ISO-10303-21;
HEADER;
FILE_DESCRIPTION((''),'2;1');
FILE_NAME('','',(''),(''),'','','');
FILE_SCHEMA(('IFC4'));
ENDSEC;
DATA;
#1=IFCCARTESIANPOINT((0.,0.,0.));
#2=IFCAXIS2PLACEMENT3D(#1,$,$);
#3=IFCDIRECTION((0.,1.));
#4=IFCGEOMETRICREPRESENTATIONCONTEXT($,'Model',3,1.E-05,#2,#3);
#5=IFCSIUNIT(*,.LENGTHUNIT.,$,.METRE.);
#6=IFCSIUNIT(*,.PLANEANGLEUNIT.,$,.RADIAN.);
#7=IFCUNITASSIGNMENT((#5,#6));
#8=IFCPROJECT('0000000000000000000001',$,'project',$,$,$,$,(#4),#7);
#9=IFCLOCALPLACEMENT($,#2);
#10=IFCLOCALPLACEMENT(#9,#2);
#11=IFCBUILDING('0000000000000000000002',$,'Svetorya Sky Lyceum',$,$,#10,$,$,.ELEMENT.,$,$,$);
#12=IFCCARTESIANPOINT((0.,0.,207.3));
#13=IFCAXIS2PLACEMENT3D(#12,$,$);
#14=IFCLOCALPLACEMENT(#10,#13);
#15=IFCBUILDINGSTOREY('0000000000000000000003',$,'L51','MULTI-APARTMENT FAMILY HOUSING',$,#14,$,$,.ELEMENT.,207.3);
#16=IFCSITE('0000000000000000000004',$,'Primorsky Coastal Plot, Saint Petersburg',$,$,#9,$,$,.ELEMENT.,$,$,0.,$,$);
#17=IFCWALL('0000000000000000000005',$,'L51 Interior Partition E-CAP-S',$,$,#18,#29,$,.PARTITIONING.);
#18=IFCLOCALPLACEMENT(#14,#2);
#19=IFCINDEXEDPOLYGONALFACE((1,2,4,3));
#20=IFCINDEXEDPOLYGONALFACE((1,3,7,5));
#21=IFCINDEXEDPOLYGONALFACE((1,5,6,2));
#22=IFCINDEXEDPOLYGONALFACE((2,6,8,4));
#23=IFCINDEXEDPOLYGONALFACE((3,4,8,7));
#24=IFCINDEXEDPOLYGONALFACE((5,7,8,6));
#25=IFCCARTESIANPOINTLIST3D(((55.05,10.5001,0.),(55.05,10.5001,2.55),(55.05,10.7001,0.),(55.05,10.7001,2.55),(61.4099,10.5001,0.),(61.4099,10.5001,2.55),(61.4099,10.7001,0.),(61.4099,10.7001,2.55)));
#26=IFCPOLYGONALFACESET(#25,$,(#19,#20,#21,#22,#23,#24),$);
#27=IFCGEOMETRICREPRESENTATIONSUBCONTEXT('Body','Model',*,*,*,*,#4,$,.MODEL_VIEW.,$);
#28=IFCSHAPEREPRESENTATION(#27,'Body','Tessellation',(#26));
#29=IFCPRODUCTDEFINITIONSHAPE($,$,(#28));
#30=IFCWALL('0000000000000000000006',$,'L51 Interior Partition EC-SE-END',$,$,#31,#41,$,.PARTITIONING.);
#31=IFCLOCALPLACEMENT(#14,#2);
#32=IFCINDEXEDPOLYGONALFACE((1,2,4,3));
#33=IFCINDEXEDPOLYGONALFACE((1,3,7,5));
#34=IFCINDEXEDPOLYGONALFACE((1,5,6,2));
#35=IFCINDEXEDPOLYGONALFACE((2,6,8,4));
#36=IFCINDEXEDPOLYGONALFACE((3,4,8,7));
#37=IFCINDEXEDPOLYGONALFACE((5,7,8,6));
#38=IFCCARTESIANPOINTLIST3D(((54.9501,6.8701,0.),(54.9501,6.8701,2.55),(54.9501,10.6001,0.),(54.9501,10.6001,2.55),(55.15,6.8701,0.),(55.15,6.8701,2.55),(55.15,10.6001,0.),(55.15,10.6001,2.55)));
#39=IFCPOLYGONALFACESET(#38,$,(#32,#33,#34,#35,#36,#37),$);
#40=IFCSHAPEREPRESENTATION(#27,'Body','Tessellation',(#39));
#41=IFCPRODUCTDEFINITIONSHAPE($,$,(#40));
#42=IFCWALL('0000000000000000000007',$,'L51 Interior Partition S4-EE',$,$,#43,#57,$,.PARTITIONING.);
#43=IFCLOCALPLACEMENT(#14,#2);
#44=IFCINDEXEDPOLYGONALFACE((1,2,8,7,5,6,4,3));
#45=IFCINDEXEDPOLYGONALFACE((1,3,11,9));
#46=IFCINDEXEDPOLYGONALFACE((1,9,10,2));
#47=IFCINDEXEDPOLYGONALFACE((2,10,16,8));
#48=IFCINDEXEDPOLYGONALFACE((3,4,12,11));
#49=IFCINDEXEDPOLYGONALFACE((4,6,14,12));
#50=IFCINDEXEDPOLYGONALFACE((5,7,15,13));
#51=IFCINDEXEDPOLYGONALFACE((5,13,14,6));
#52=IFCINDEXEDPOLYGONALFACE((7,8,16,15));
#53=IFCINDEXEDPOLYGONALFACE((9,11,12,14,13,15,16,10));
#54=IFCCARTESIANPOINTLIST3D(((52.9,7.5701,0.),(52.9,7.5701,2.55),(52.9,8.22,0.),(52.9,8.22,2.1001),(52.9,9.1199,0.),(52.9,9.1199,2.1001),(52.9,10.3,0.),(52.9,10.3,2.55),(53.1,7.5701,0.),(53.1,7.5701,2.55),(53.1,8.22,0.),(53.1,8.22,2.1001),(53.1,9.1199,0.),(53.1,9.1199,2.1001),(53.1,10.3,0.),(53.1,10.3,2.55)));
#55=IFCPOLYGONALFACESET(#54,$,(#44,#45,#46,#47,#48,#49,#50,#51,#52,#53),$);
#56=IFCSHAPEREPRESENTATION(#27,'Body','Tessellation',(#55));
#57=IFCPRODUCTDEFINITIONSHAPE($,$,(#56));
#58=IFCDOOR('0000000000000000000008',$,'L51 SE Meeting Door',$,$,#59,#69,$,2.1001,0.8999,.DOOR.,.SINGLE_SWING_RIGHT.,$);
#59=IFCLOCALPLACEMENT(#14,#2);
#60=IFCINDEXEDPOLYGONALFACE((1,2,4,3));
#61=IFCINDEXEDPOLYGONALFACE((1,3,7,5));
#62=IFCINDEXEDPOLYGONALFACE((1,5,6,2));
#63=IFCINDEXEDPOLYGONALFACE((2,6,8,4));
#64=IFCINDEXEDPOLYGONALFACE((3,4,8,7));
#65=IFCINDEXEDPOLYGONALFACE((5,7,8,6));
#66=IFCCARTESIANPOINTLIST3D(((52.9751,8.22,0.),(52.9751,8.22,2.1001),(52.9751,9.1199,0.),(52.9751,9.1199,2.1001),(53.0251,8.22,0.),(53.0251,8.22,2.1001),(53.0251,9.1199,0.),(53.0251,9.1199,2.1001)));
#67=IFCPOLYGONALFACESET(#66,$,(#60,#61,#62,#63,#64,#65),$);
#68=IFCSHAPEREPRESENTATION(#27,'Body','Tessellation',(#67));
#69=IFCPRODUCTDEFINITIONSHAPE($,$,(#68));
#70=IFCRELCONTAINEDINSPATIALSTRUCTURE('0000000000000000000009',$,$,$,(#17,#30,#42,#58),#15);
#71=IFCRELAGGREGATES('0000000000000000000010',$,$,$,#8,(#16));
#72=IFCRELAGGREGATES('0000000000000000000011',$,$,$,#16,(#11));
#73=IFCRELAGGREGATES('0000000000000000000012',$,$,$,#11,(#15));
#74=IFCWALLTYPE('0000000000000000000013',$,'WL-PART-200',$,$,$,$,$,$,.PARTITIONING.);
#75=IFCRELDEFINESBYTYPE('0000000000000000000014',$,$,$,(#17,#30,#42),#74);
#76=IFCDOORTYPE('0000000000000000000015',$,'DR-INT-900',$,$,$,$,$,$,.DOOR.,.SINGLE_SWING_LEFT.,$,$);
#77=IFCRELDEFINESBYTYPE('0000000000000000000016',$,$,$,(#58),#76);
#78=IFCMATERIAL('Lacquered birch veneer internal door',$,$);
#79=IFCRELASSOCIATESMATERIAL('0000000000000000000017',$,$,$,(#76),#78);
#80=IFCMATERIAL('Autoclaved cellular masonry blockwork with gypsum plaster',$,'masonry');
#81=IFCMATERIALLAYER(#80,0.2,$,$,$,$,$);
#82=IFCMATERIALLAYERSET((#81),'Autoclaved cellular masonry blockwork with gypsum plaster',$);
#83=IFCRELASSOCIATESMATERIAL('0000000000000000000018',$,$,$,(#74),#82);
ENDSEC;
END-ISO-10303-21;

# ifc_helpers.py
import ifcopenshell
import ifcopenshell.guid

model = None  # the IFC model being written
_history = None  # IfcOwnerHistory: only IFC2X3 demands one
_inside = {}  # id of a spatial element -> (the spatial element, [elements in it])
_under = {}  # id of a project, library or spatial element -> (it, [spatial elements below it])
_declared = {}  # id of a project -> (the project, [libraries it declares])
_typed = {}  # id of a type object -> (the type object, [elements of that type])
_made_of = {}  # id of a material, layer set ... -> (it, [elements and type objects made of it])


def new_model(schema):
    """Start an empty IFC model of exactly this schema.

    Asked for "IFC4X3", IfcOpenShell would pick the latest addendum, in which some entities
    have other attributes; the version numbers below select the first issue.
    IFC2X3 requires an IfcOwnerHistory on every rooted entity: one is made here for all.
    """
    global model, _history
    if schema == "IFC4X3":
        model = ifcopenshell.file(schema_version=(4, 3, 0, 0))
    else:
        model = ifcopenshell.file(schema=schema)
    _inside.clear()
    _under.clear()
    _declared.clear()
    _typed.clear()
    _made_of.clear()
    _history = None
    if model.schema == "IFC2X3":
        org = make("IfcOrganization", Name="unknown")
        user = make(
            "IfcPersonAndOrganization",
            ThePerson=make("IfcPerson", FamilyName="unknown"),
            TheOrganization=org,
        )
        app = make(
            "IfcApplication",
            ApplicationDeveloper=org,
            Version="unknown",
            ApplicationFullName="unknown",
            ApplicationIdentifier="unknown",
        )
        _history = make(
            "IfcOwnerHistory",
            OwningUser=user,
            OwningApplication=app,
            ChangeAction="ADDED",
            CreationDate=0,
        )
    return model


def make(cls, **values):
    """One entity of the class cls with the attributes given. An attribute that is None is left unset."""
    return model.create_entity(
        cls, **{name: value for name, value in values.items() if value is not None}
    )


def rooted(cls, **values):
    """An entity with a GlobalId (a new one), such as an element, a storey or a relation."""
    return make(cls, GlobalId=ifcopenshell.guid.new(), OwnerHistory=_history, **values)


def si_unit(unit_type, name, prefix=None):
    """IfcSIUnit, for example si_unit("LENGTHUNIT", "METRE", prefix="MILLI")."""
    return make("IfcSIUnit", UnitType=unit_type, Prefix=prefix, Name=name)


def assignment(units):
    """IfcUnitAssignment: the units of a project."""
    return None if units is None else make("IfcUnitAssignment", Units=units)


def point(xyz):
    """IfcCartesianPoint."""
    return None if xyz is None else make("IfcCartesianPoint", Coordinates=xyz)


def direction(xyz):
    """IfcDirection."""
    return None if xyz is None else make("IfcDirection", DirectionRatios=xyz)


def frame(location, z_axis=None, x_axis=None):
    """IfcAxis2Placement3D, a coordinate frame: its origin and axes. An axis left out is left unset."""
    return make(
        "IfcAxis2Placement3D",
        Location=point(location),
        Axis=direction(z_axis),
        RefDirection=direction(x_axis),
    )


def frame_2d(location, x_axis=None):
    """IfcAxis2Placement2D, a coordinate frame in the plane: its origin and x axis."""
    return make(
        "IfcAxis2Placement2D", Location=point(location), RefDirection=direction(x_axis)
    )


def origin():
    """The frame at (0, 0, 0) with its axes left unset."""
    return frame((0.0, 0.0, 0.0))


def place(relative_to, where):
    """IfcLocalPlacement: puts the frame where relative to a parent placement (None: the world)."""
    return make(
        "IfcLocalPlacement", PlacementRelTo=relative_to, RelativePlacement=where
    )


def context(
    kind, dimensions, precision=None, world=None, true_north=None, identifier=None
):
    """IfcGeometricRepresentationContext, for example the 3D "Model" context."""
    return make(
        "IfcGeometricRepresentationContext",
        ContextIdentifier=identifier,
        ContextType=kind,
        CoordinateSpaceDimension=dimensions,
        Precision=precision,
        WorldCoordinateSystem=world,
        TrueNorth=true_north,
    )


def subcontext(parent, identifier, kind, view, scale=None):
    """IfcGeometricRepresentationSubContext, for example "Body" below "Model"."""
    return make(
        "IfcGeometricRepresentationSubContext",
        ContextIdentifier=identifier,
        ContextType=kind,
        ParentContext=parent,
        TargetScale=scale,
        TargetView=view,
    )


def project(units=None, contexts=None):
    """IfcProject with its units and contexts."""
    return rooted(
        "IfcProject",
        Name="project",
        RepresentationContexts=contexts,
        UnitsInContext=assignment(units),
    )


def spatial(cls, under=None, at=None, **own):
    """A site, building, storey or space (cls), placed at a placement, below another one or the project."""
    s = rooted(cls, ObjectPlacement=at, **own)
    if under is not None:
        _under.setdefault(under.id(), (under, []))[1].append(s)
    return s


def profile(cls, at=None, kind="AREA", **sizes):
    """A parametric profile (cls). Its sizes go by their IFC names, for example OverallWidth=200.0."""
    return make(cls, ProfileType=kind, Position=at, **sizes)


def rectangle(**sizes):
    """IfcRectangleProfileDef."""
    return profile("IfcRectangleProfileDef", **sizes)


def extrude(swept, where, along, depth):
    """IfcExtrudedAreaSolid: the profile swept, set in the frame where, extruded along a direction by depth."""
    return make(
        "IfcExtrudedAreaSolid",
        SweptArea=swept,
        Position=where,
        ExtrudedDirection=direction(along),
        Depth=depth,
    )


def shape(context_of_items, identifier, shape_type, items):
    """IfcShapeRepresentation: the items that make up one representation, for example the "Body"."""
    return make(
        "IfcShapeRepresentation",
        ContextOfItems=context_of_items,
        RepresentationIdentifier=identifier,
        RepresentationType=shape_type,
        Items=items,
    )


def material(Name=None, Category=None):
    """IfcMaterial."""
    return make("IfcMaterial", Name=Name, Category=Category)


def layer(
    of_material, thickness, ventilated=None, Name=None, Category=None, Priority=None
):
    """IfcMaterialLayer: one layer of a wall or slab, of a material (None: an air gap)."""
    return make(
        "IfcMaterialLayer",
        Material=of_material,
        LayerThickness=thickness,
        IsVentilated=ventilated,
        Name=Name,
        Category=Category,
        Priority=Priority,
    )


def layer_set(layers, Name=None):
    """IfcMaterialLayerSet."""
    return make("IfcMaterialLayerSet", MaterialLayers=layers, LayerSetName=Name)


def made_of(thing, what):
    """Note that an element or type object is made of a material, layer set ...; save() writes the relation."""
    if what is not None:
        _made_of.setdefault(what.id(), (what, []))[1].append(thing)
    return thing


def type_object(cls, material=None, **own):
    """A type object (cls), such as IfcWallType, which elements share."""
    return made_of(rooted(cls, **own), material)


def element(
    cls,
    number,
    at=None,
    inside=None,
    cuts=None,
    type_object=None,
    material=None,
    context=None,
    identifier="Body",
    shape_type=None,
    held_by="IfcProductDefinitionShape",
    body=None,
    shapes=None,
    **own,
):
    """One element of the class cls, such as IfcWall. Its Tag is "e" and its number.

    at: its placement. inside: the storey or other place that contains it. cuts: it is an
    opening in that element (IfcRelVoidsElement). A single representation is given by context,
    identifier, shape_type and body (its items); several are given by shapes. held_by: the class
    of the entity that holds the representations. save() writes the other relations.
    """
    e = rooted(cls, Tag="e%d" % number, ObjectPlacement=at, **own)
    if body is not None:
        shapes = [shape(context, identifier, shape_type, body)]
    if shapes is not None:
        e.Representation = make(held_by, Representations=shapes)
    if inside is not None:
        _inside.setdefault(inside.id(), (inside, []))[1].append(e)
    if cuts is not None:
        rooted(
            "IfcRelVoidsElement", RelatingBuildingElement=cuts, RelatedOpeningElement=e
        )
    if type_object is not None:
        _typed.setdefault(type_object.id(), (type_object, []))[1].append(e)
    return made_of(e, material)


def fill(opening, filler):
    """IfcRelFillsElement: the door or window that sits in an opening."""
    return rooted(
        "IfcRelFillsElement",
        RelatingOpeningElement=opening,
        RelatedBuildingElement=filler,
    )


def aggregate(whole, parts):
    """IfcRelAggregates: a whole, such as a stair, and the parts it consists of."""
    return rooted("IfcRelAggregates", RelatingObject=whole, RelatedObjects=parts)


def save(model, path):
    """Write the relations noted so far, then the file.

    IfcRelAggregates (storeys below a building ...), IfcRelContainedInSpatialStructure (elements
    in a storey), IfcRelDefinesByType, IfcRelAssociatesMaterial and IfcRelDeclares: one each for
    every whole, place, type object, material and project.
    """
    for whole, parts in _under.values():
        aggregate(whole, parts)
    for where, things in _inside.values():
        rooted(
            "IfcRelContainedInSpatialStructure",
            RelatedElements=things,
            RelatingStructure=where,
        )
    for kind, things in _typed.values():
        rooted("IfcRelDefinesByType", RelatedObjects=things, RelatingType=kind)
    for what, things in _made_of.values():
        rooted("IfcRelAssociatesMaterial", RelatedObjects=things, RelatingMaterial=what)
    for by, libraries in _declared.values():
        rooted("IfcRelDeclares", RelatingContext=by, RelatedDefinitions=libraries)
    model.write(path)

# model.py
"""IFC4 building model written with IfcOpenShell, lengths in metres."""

from ifc_helpers import new_model, si_unit, direction, frame, frame_2d, origin, place, context, subcontext, project, spatial, rectangle, extrude, material, layer, layer_set, type_object, element, fill, save


model = new_model("IFC4")

# Units and contexts
model_context = context("Model", 3, precision=1e-05, world=origin(), true_north=direction((0.0, 1.0)))
body_context = subcontext(model_context, "Body", "Model", "MODEL_VIEW")
ifc_project = project(units=[si_unit("LENGTHUNIT", "METRE"), si_unit("PLANEANGLEUNIT", "RADIAN")], contexts=[model_context])

# Site, building, storey
site_placement = place(None, origin())
site = spatial("IfcSite", under=ifc_project, at=site_placement, Name="Primorsky Coastal Plot, Saint Petersburg", CompositionType="ELEMENT", RefElevation=0.0)
building_placement = place(site_placement, origin())
building = spatial("IfcBuilding", under=site, at=building_placement, Name="Svetorya Sky Lyceum", CompositionType="ELEMENT")
storey_placement = place(building_placement, frame((0.0, 0.0, 207.3)))
storey = spatial("IfcBuildingStorey", under=building, at=storey_placement, Name="L51", Description="MULTI-APARTMENT FAMILY HOUSING", CompositionType="ELEMENT", Elevation=207.3)

# Shared definitions
ifc_material_1 = material(Name="Lacquered birch veneer internal door")
door_type_1 = type_object("IfcDoorType", Name="DR-INT-900", OperationType="SINGLE_SWING_LEFT", PredefinedType="DOOR", material=ifc_material_1)

# Shared definitions
ifc_material_2 = material(Name="Autoclaved cellular masonry blockwork with gypsum plaster", Category="masonry")
ifc_layer_1 = layer(ifc_material_2, 0.2)
ifc_layer_set_1 = layer_set([ifc_layer_1], Name="Autoclaved cellular masonry blockwork with gypsum plaster")
wall_type_1 = type_object("IfcWallType", Name="WL-PART-200", PredefinedType="PARTITIONING", material=ifc_layer_set_1)

# Walls
wall_1_placement = place(storey_placement, frame((55.05, 10.6001, 0.0), z_axis=(0.0, 0.0, 1.0), x_axis=(1.0, 0.0, 0.0)))
element("IfcWall", 1, at=wall_1_placement, inside=storey, type_object=wall_type_1, Name="L51 Interior Partition E-CAP-S", PredefinedType="PARTITIONING", context=body_context, shape_type="SweptSolid", body=[
    extrude(rectangle(XDim=6.3599, YDim=0.2, at=frame_2d((3.1799, 0.0))), origin(), (0.0, 0.0, 1.0), 2.55),
])
wall_2_placement = place(storey_placement, frame((55.05, 6.8701, 0.0), z_axis=(0.0, 0.0, 1.0), x_axis=(0.0, 1.0, 0.0)))
element("IfcWall", 2, at=wall_2_placement, inside=storey, type_object=wall_type_1, Name="L51 Interior Partition EC-SE-END", PredefinedType="PARTITIONING", context=body_context, shape_type="SweptSolid", body=[
    extrude(rectangle(XDim=3.73, YDim=0.2, at=frame_2d((1.865, 0.0))), origin(), (0.0, 0.0, 1.0), 2.55),
])

# Wall, opening, door
wall_3_placement = place(storey_placement, frame((53.0, 7.5701, 0.0), z_axis=(0.0, 0.0, 1.0), x_axis=(0.0, 1.0, 0.0)))
wall_3 = element("IfcWall", 3, at=wall_3_placement, inside=storey, type_object=wall_type_1, Name="L51 Interior Partition S4-EE", PredefinedType="PARTITIONING", context=body_context, shape_type="SweptSolid", body=[
    extrude(rectangle(XDim=2.73, YDim=0.2, at=frame_2d((1.365, 0.0))), origin(), (0.0, 0.0, 1.0), 2.55),
])
opening_1_placement = place(wall_3_placement, frame((0.6499, 0.0, 0.0)))
opening_1 = element("IfcOpeningElement", 4, at=opening_1_placement, cuts=wall_3, PredefinedType="OPENING", context=body_context, shape_type="SweptSolid", body=[
    extrude(rectangle(XDim=0.8999, YDim=2.1001, at=frame_2d((0.45, 1.05))), frame((0.0, 0.1099, 0.0), z_axis=(0.0, -1.0, 0.0), x_axis=(1.0, 0.0, 0.0)), (0.0, 0.0, 1.0), 0.22),
])
door_1_placement = place(opening_1_placement, origin())
door_1 = element("IfcDoor", 5, at=door_1_placement, inside=storey, type_object=door_type_1, Name="L51 SE Meeting Door", OperationType="SINGLE_SWING_RIGHT", OverallHeight=2.1001, OverallWidth=0.8999, PredefinedType="DOOR", context=body_context, shape_type="SweptSolid", body=[
    extrude(rectangle(XDim=0.8999, YDim=2.1001, at=frame_2d((0.45, 1.05))), frame((0.0, 0.0249, 0.0), z_axis=(0.0, -1.0, 0.0), x_axis=(1.0, 0.0, 0.0)), (0.0, 0.0, 1.0), 0.05),
])
fill(opening_1, door_1)

save(model, "model.ifc")
